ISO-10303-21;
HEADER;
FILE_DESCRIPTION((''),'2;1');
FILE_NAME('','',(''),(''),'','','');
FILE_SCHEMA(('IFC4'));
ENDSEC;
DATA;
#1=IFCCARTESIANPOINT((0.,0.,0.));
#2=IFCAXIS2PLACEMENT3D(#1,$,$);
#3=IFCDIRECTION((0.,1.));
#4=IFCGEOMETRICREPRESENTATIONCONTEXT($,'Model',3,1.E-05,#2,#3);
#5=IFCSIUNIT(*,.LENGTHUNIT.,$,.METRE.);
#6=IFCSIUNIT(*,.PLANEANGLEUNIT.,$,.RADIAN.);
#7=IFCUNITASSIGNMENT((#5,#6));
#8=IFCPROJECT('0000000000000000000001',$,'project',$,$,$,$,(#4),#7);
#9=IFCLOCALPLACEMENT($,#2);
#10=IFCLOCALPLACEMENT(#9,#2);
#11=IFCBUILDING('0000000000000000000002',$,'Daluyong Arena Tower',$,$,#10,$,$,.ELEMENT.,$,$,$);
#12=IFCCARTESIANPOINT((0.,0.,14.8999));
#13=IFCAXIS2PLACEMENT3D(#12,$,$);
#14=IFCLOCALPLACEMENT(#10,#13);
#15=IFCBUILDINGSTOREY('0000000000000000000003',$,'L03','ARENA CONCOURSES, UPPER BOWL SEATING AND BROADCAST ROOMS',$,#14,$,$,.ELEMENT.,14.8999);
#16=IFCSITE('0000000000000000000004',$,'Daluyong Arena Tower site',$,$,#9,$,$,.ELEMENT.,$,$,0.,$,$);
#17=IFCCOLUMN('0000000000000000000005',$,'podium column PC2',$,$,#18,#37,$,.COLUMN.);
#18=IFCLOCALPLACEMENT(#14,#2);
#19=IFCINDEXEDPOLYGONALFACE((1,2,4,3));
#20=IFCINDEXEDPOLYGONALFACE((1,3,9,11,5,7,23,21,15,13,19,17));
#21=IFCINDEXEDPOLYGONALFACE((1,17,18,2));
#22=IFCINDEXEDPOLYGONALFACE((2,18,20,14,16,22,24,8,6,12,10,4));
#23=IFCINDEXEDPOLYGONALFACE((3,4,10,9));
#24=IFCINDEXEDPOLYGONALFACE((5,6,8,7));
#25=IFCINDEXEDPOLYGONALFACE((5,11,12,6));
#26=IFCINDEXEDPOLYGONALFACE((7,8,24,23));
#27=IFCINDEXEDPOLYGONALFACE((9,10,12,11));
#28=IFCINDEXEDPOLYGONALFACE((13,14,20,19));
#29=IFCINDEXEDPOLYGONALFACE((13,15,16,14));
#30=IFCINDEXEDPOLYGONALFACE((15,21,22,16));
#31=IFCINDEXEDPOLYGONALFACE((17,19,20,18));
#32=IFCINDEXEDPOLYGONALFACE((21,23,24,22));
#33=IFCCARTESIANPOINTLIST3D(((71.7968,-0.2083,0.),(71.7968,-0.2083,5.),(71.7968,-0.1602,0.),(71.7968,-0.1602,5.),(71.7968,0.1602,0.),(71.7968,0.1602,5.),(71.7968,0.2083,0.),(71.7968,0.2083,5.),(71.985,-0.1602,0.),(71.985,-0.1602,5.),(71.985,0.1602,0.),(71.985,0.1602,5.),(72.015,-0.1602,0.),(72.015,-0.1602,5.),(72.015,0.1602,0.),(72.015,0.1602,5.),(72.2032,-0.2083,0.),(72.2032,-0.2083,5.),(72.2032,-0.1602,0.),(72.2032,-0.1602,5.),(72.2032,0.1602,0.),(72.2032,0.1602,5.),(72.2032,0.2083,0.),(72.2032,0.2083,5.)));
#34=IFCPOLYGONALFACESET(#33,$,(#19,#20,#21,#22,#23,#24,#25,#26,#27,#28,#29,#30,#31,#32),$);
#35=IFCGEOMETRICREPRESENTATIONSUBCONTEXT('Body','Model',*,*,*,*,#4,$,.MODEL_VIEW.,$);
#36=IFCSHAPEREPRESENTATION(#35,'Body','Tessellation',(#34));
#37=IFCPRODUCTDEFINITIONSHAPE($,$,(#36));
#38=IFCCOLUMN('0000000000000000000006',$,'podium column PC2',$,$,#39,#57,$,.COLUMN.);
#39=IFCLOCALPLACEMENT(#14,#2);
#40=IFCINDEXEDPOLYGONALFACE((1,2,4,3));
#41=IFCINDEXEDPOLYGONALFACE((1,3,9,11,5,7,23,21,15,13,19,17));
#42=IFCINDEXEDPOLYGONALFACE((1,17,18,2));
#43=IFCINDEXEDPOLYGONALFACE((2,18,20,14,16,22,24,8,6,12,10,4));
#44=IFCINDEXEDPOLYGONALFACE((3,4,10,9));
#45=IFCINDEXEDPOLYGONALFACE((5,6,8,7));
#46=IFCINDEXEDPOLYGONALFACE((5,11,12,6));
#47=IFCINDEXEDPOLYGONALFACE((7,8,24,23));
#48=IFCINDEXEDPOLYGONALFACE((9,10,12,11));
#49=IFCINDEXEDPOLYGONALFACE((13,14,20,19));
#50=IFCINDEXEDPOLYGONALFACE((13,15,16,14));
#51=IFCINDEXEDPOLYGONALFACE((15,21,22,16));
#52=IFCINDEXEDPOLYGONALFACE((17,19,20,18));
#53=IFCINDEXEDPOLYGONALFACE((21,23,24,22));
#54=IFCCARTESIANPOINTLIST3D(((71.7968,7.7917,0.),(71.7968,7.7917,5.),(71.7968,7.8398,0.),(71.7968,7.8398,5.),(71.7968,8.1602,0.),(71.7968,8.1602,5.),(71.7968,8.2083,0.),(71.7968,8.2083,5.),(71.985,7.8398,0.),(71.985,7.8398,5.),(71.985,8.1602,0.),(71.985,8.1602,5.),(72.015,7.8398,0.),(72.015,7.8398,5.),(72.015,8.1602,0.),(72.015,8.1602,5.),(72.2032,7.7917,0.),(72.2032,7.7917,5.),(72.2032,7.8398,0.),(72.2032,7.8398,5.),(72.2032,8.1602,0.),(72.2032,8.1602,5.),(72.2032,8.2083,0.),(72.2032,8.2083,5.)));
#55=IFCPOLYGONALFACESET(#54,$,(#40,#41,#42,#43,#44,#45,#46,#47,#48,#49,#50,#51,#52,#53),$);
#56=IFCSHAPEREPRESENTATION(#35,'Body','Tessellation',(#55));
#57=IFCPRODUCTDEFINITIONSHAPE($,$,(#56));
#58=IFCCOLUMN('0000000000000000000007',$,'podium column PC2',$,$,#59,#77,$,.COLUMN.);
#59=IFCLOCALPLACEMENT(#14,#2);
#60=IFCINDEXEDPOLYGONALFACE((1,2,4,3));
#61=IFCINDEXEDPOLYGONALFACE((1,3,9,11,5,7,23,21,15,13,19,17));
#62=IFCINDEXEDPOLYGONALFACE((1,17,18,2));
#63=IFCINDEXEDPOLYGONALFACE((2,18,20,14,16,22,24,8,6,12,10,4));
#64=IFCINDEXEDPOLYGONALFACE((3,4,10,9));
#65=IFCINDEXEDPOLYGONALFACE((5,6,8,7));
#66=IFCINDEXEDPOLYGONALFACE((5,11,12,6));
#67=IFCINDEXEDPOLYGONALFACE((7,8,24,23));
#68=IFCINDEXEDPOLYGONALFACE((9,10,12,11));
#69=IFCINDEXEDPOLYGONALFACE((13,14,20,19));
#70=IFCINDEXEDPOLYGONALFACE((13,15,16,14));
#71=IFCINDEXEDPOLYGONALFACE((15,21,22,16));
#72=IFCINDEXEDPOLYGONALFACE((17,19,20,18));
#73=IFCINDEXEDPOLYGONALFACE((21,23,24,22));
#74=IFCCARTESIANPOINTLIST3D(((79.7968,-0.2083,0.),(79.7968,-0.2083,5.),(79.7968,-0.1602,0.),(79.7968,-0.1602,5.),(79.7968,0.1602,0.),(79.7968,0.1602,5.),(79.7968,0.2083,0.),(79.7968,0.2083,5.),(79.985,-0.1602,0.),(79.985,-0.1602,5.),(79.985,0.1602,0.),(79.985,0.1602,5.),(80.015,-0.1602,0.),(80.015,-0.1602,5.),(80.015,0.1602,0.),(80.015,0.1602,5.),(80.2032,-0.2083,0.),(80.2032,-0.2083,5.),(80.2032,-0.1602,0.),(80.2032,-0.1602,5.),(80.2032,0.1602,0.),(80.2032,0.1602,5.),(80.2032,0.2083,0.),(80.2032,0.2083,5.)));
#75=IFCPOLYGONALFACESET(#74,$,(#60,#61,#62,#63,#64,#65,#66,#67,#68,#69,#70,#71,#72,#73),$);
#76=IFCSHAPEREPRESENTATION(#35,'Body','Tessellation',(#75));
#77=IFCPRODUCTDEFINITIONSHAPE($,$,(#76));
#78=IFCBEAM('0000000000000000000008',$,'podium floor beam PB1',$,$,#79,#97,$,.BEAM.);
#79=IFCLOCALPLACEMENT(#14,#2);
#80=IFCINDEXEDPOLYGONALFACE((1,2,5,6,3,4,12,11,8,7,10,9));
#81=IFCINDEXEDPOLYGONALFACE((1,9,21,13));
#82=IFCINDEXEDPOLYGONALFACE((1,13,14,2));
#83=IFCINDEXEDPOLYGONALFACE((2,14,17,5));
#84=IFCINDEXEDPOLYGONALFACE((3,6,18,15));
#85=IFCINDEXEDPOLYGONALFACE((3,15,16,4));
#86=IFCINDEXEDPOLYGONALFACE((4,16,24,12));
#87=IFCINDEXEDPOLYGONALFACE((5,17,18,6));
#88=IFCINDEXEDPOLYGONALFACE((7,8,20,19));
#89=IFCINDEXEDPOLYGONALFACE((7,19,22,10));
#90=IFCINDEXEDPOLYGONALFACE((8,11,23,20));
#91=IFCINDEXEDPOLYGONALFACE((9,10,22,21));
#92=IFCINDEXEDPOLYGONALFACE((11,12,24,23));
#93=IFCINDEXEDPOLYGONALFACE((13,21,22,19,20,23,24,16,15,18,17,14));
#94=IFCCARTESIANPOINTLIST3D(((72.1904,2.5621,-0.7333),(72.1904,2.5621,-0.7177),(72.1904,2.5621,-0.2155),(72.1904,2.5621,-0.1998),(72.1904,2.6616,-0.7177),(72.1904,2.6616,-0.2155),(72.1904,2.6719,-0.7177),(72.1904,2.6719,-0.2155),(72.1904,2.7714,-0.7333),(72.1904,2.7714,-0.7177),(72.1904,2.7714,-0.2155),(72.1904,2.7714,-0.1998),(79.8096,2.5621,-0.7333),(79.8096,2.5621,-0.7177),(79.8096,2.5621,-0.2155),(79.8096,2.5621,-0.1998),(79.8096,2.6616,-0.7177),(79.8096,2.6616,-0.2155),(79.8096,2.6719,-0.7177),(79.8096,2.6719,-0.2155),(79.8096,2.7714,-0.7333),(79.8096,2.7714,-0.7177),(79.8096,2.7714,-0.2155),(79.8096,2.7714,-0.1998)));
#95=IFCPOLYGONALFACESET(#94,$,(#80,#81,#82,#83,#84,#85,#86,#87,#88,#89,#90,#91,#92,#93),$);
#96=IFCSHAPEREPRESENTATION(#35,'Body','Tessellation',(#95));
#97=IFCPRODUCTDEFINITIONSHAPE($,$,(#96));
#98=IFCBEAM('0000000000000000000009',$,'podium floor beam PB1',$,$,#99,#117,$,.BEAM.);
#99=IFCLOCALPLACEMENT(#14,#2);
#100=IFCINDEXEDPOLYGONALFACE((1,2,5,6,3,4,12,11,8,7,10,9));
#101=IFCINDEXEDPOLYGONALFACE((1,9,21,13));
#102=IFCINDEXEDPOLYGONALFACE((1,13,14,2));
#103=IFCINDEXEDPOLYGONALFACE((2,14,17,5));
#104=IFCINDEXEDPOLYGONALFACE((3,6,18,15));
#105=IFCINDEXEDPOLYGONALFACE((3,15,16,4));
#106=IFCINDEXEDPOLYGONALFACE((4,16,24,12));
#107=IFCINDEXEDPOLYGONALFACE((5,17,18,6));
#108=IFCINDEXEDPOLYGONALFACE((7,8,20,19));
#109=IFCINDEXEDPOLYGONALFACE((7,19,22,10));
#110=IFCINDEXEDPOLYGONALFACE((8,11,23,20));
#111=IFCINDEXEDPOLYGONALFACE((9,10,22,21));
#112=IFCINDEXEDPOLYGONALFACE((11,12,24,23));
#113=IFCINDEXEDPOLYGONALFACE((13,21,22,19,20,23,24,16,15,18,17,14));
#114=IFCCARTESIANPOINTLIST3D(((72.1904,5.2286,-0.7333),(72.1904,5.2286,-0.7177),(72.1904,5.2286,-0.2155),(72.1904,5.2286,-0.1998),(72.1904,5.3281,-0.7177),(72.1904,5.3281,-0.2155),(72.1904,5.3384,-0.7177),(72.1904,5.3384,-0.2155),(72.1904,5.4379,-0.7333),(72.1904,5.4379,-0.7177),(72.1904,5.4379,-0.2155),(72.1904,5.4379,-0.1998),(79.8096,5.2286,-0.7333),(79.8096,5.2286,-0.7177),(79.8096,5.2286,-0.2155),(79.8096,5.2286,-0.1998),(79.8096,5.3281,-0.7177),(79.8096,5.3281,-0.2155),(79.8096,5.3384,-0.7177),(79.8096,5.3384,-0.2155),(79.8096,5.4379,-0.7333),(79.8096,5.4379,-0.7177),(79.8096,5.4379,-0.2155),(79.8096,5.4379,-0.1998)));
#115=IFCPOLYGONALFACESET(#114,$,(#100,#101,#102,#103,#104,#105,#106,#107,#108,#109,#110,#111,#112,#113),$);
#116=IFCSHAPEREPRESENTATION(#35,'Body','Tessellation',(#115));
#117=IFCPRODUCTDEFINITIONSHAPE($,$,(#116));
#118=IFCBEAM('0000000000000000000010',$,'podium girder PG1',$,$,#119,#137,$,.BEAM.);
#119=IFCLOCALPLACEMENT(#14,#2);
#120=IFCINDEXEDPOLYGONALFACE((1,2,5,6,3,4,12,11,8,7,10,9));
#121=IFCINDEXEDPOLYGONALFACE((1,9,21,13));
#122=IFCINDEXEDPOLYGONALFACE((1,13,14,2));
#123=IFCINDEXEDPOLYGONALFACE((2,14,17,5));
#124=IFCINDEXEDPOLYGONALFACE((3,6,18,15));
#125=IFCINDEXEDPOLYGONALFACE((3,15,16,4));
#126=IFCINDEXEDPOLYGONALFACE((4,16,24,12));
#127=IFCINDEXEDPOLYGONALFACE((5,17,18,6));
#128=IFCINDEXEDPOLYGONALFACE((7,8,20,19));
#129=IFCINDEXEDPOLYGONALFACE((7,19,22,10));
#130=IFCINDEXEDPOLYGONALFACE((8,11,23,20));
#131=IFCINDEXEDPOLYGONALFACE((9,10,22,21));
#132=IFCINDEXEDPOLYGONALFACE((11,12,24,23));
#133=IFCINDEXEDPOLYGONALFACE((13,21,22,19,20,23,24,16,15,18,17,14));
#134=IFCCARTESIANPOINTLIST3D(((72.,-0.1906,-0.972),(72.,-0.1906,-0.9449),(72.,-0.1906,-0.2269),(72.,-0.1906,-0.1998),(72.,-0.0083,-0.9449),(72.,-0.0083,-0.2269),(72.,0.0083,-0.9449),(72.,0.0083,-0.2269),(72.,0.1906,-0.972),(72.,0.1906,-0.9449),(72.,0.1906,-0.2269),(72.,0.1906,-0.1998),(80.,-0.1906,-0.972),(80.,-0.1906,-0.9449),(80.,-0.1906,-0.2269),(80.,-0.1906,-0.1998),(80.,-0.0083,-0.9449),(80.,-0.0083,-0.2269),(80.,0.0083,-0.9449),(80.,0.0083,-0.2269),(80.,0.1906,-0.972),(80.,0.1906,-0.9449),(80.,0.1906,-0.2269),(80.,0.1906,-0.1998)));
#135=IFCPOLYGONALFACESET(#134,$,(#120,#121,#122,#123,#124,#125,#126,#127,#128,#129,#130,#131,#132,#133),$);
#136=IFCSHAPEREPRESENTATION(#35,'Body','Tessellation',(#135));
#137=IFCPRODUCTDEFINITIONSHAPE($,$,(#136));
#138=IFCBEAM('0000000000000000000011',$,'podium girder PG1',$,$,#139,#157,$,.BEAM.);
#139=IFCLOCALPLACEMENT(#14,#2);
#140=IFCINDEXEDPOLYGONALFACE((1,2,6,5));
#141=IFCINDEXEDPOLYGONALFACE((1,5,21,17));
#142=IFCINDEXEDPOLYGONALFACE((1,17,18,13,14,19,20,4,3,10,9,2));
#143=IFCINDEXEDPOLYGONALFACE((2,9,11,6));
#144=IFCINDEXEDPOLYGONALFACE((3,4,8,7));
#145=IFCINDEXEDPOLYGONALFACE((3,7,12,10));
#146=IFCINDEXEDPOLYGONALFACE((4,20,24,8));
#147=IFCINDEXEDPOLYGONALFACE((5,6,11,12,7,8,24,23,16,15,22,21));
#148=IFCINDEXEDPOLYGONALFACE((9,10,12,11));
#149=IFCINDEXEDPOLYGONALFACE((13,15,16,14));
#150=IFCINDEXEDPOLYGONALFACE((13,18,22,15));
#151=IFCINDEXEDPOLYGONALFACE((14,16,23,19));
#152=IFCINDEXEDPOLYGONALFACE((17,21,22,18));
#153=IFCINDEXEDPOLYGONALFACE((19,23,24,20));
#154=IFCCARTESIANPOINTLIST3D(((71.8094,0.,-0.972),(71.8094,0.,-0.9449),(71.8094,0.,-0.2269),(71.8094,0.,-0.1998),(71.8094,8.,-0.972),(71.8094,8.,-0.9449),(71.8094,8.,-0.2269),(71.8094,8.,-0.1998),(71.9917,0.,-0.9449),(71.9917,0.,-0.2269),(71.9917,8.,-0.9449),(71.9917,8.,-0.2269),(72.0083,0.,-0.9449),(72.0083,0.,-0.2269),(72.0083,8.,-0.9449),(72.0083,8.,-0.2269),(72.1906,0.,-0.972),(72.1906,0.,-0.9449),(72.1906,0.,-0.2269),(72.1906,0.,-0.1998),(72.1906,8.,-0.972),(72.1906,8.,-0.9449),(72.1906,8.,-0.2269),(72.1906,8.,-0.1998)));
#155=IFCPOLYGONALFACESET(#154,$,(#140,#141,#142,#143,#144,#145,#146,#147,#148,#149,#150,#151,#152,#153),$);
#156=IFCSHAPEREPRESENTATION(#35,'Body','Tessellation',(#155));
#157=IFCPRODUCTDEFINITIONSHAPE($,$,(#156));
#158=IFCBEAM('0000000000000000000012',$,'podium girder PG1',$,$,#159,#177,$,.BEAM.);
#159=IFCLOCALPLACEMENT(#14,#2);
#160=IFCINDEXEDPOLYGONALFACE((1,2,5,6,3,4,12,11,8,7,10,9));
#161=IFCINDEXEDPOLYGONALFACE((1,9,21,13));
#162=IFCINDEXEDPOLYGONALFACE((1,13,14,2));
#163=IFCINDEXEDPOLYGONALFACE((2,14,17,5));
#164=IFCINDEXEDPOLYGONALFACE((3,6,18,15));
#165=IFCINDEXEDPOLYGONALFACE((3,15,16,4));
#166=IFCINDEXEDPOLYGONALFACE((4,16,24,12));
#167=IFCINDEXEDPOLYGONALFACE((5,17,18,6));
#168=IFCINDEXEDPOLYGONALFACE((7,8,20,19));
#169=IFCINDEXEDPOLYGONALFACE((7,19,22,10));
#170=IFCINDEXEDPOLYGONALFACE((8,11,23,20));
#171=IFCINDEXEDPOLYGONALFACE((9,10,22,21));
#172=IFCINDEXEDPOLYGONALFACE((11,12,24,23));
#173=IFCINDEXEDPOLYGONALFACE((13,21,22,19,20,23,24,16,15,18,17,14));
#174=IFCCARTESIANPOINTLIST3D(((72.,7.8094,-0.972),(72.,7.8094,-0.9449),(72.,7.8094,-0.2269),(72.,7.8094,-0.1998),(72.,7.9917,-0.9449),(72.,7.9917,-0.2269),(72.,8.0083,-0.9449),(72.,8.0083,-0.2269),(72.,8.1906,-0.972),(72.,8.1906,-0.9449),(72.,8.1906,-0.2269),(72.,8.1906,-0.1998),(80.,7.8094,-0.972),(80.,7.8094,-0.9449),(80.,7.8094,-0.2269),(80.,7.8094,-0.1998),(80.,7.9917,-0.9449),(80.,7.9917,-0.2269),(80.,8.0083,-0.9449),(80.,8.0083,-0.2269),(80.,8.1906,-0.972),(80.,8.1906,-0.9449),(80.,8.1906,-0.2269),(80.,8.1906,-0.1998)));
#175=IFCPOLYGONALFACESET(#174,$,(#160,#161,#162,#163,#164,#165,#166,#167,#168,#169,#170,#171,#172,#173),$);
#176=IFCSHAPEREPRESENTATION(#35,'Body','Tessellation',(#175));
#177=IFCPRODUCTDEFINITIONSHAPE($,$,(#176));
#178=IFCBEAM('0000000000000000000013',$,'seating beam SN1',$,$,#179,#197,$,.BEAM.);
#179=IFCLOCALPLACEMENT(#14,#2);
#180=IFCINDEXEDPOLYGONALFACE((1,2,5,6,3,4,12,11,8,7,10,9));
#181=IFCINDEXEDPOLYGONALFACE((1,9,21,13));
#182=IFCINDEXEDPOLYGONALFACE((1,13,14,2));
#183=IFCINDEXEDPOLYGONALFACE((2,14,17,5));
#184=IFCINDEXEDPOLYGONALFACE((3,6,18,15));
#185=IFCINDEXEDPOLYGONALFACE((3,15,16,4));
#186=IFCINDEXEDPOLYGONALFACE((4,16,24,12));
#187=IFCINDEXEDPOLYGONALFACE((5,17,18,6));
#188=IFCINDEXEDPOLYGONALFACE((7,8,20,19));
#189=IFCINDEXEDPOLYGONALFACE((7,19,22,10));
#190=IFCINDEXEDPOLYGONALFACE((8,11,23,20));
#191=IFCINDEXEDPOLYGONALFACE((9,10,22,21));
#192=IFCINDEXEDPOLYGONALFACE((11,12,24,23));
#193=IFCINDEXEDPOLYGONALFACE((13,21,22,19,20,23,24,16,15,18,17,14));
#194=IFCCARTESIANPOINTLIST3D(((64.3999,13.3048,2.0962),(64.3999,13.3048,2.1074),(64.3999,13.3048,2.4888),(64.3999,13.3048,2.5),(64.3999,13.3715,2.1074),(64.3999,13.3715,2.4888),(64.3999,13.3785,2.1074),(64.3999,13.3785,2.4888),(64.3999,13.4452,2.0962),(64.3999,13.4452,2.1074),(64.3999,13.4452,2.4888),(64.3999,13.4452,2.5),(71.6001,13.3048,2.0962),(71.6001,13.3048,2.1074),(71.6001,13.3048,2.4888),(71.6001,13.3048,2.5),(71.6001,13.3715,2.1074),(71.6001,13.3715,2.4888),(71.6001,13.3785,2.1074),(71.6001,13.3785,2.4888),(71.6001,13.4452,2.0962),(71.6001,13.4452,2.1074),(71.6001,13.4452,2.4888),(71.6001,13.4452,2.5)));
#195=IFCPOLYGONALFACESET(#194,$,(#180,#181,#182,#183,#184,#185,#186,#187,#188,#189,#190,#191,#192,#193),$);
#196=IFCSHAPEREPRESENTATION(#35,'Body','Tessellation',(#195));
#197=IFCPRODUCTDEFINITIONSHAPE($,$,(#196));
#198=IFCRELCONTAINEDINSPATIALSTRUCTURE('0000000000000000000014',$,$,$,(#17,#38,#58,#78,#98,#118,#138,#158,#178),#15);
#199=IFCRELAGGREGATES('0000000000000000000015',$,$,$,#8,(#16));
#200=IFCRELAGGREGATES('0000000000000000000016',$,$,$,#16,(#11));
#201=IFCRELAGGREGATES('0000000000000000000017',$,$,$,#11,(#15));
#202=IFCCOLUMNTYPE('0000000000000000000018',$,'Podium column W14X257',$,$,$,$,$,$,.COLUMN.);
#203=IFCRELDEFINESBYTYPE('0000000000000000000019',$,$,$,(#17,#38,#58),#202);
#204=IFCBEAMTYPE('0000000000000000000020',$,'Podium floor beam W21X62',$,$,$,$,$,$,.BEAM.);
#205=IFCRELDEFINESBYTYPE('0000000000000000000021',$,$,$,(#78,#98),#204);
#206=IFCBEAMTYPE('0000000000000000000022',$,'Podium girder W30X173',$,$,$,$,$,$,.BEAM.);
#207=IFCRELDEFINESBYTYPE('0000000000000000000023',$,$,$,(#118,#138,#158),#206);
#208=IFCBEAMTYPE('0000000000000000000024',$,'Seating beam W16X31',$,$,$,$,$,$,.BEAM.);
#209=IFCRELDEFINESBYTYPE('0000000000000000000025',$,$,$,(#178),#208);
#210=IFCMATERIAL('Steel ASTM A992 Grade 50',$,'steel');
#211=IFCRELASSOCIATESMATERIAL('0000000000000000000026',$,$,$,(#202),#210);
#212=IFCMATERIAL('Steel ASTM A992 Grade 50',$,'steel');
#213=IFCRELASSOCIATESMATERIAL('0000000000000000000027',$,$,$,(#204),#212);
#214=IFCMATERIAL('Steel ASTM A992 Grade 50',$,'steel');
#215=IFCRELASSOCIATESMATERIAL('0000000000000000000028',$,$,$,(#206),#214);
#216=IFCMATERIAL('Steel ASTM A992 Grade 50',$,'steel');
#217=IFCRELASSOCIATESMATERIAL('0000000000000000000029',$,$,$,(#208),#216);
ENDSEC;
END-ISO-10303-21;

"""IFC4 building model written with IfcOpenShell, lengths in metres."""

from ifc_helpers import new_model, si_unit, direction, frame, origin, origin_2d, place, context, subcontext, project, spatial, i_section, extrude, material, material_profile, profile_set, type_object, element, save


model = new_model("IFC4")

# Units and contexts
model_context = context("Model", 3, precision=1e-05, world=origin(), true_north=direction((0.0, 1.0)))
body_context = subcontext(model_context, "Body", "Model", "MODEL_VIEW")
ifc_project = project(units=[si_unit("LENGTHUNIT", "METRE"), si_unit("PLANEANGLEUNIT", "RADIAN")], contexts=[model_context])

# Site, building, storey
site_placement = place(None, origin())
site = spatial("IfcSite", under=ifc_project, at=site_placement, Name="Daluyong Arena Tower site", CompositionType="ELEMENT", RefElevation=0.0)
building_placement = place(site_placement, origin())
building = spatial("IfcBuilding", under=site, at=building_placement, Name="Daluyong Arena Tower", CompositionType="ELEMENT")
storey_placement = place(building_placement, frame((0.0, 0.0, 14.8999)))
storey = spatial("IfcBuildingStorey", under=building, at=storey_placement, Name="L03", Description="ARENA CONCOURSES, UPPER BOWL SEATING AND BROADCAST ROOMS", CompositionType="ELEMENT", Elevation=14.8999)

# Columns
ifc_material_1 = material(Name="Steel ASTM A992 Grade 50", Category="steel")
ifc_material_profile_1 = material_profile(ifc_material_1, i_section(OverallWidth=0.4065, OverallDepth=0.4165, WebThickness=0.03, FlangeThickness=0.0481, at=origin_2d()))
ifc_profile_set_1 = profile_set([ifc_material_profile_1], Name="Steel ASTM A992 Grade 50")
column_type = type_object("IfcColumnType", Name="Podium column W14X257", PredefinedType="COLUMN", material=ifc_profile_set_1)
for number, where, z_axis, x_axis, name in (
    (1, (72.0, 0.0, 0.0), (0.0, 0.0, 1.0), (1.0, 0.0, 0.0), "podium column PC2"),
    (2, (72.0, 8.0, 0.0), (0.0, 0.0, 1.0), (1.0, 0.0, 0.0), "podium column PC2"),
    (3, (80.0, 0.0, 0.0), (0.0, 0.0, 1.0), (1.0, 0.0, 0.0), "podium column PC2"),
):
    element("IfcColumn", number, at=place(storey_placement, frame(where, z_axis=z_axis, x_axis=x_axis)), inside=storey, type_object=column_type, Name=name, PredefinedType="COLUMN", context=body_context, shape_type="SweptSolid", body=[
        extrude(i_section(OverallWidth=0.4065, OverallDepth=0.4165, WebThickness=0.03, FlangeThickness=0.0481, at=origin_2d()), origin(), (0.0, 0.0, 1.0), 5.0),
    ])

# Beams
ifc_material_2 = material(Name="Steel ASTM A992 Grade 50", Category="steel")
ifc_material_profile_2 = material_profile(ifc_material_2, i_section(OverallWidth=0.2092, OverallDepth=0.5334, WebThickness=0.0103, FlangeThickness=0.0156, at=origin_2d()))
ifc_profile_set_2 = profile_set([ifc_material_profile_2], Name="Steel ASTM A992 Grade 50")
beam_type_1 = type_object("IfcBeamType", Name="Podium floor beam W21X62", PredefinedType="BEAM", material=ifc_profile_set_2)
for number, where, z_axis, x_axis, name in (
    (4, (72.1904, 2.6667, -0.4666), (1.0, 0.0, 0.0), (0.0, 1.0, 0.0), "podium floor beam PB1"),
    (5, (72.1904, 5.3333, -0.4666), (1.0, 0.0, 0.0), (0.0, 1.0, 0.0), "podium floor beam PB1"),
):
    element("IfcBeam", number, at=place(storey_placement, frame(where, z_axis=z_axis, x_axis=x_axis)), inside=storey, type_object=beam_type_1, Name=name, PredefinedType="BEAM", context=body_context, shape_type="SweptSolid", body=[
        extrude(i_section(OverallWidth=0.2092, OverallDepth=0.5334, WebThickness=0.0103, FlangeThickness=0.0156, at=origin_2d()), origin(), (0.0, 0.0, 1.0), 7.6191),
    ])
ifc_material_3 = material(Name="Steel ASTM A992 Grade 50", Category="steel")
ifc_material_profile_3 = material_profile(ifc_material_3, i_section(OverallWidth=0.3811, OverallDepth=0.7722, WebThickness=0.0166, FlangeThickness=0.0271, at=origin_2d()))
ifc_profile_set_3 = profile_set([ifc_material_profile_3], Name="Steel ASTM A992 Grade 50")
beam_type_2 = type_object("IfcBeamType", Name="Podium girder W30X173", PredefinedType="BEAM", material=ifc_profile_set_3)
for number, where, z_axis, x_axis, name in (
    (6, (72.0, 0.0, -0.5859), (1.0, 0.0, 0.0), (0.0, 1.0, 0.0), "podium girder PG1"),
    (7, (72.0, 0.0, -0.5859), (0.0, 1.0, 0.0), (-1.0, 0.0, 0.0), "podium girder PG1"),
    (8, (72.0, 8.0, -0.5859), (1.0, 0.0, 0.0), (0.0, 1.0, 0.0), "podium girder PG1"),
):
    element("IfcBeam", number, at=place(storey_placement, frame(where, z_axis=z_axis, x_axis=x_axis)), inside=storey, type_object=beam_type_2, Name=name, PredefinedType="BEAM", context=body_context, shape_type="SweptSolid", body=[
        extrude(i_section(OverallWidth=0.3811, OverallDepth=0.7722, WebThickness=0.0166, FlangeThickness=0.0271, at=origin_2d()), origin(), (0.0, 0.0, 1.0), 8.0),
    ])
ifc_material_4 = material(Name="Steel ASTM A992 Grade 50", Category="steel")
ifc_material_profile_4 = material_profile(ifc_material_4, i_section(OverallWidth=0.1404, OverallDepth=0.4038, WebThickness=0.0071, FlangeThickness=0.0112, at=origin_2d()))
ifc_profile_set_4 = profile_set([ifc_material_profile_4], Name="Steel ASTM A992 Grade 50")
beam_type_3 = type_object("IfcBeamType", Name="Seating beam W16X31", PredefinedType="BEAM", material=ifc_profile_set_4)
for number, where, z_axis, x_axis, name in (
    (9, (64.3999, 13.375, 2.2981), (1.0, 0.0, 0.0), (0.0, 1.0, 0.0), "seating beam SN1"),
):
    element("IfcBeam", number, at=place(storey_placement, frame(where, z_axis=z_axis, x_axis=x_axis)), inside=storey, type_object=beam_type_3, Name=name, PredefinedType="BEAM", context=body_context, shape_type="SweptSolid", body=[
        extrude(i_section(OverallWidth=0.1404, OverallDepth=0.4038, WebThickness=0.0071, FlangeThickness=0.0112, at=origin_2d()), origin(), (0.0, 0.0, 1.0), 7.2002),
    ])

save(model, "model.ifc")
